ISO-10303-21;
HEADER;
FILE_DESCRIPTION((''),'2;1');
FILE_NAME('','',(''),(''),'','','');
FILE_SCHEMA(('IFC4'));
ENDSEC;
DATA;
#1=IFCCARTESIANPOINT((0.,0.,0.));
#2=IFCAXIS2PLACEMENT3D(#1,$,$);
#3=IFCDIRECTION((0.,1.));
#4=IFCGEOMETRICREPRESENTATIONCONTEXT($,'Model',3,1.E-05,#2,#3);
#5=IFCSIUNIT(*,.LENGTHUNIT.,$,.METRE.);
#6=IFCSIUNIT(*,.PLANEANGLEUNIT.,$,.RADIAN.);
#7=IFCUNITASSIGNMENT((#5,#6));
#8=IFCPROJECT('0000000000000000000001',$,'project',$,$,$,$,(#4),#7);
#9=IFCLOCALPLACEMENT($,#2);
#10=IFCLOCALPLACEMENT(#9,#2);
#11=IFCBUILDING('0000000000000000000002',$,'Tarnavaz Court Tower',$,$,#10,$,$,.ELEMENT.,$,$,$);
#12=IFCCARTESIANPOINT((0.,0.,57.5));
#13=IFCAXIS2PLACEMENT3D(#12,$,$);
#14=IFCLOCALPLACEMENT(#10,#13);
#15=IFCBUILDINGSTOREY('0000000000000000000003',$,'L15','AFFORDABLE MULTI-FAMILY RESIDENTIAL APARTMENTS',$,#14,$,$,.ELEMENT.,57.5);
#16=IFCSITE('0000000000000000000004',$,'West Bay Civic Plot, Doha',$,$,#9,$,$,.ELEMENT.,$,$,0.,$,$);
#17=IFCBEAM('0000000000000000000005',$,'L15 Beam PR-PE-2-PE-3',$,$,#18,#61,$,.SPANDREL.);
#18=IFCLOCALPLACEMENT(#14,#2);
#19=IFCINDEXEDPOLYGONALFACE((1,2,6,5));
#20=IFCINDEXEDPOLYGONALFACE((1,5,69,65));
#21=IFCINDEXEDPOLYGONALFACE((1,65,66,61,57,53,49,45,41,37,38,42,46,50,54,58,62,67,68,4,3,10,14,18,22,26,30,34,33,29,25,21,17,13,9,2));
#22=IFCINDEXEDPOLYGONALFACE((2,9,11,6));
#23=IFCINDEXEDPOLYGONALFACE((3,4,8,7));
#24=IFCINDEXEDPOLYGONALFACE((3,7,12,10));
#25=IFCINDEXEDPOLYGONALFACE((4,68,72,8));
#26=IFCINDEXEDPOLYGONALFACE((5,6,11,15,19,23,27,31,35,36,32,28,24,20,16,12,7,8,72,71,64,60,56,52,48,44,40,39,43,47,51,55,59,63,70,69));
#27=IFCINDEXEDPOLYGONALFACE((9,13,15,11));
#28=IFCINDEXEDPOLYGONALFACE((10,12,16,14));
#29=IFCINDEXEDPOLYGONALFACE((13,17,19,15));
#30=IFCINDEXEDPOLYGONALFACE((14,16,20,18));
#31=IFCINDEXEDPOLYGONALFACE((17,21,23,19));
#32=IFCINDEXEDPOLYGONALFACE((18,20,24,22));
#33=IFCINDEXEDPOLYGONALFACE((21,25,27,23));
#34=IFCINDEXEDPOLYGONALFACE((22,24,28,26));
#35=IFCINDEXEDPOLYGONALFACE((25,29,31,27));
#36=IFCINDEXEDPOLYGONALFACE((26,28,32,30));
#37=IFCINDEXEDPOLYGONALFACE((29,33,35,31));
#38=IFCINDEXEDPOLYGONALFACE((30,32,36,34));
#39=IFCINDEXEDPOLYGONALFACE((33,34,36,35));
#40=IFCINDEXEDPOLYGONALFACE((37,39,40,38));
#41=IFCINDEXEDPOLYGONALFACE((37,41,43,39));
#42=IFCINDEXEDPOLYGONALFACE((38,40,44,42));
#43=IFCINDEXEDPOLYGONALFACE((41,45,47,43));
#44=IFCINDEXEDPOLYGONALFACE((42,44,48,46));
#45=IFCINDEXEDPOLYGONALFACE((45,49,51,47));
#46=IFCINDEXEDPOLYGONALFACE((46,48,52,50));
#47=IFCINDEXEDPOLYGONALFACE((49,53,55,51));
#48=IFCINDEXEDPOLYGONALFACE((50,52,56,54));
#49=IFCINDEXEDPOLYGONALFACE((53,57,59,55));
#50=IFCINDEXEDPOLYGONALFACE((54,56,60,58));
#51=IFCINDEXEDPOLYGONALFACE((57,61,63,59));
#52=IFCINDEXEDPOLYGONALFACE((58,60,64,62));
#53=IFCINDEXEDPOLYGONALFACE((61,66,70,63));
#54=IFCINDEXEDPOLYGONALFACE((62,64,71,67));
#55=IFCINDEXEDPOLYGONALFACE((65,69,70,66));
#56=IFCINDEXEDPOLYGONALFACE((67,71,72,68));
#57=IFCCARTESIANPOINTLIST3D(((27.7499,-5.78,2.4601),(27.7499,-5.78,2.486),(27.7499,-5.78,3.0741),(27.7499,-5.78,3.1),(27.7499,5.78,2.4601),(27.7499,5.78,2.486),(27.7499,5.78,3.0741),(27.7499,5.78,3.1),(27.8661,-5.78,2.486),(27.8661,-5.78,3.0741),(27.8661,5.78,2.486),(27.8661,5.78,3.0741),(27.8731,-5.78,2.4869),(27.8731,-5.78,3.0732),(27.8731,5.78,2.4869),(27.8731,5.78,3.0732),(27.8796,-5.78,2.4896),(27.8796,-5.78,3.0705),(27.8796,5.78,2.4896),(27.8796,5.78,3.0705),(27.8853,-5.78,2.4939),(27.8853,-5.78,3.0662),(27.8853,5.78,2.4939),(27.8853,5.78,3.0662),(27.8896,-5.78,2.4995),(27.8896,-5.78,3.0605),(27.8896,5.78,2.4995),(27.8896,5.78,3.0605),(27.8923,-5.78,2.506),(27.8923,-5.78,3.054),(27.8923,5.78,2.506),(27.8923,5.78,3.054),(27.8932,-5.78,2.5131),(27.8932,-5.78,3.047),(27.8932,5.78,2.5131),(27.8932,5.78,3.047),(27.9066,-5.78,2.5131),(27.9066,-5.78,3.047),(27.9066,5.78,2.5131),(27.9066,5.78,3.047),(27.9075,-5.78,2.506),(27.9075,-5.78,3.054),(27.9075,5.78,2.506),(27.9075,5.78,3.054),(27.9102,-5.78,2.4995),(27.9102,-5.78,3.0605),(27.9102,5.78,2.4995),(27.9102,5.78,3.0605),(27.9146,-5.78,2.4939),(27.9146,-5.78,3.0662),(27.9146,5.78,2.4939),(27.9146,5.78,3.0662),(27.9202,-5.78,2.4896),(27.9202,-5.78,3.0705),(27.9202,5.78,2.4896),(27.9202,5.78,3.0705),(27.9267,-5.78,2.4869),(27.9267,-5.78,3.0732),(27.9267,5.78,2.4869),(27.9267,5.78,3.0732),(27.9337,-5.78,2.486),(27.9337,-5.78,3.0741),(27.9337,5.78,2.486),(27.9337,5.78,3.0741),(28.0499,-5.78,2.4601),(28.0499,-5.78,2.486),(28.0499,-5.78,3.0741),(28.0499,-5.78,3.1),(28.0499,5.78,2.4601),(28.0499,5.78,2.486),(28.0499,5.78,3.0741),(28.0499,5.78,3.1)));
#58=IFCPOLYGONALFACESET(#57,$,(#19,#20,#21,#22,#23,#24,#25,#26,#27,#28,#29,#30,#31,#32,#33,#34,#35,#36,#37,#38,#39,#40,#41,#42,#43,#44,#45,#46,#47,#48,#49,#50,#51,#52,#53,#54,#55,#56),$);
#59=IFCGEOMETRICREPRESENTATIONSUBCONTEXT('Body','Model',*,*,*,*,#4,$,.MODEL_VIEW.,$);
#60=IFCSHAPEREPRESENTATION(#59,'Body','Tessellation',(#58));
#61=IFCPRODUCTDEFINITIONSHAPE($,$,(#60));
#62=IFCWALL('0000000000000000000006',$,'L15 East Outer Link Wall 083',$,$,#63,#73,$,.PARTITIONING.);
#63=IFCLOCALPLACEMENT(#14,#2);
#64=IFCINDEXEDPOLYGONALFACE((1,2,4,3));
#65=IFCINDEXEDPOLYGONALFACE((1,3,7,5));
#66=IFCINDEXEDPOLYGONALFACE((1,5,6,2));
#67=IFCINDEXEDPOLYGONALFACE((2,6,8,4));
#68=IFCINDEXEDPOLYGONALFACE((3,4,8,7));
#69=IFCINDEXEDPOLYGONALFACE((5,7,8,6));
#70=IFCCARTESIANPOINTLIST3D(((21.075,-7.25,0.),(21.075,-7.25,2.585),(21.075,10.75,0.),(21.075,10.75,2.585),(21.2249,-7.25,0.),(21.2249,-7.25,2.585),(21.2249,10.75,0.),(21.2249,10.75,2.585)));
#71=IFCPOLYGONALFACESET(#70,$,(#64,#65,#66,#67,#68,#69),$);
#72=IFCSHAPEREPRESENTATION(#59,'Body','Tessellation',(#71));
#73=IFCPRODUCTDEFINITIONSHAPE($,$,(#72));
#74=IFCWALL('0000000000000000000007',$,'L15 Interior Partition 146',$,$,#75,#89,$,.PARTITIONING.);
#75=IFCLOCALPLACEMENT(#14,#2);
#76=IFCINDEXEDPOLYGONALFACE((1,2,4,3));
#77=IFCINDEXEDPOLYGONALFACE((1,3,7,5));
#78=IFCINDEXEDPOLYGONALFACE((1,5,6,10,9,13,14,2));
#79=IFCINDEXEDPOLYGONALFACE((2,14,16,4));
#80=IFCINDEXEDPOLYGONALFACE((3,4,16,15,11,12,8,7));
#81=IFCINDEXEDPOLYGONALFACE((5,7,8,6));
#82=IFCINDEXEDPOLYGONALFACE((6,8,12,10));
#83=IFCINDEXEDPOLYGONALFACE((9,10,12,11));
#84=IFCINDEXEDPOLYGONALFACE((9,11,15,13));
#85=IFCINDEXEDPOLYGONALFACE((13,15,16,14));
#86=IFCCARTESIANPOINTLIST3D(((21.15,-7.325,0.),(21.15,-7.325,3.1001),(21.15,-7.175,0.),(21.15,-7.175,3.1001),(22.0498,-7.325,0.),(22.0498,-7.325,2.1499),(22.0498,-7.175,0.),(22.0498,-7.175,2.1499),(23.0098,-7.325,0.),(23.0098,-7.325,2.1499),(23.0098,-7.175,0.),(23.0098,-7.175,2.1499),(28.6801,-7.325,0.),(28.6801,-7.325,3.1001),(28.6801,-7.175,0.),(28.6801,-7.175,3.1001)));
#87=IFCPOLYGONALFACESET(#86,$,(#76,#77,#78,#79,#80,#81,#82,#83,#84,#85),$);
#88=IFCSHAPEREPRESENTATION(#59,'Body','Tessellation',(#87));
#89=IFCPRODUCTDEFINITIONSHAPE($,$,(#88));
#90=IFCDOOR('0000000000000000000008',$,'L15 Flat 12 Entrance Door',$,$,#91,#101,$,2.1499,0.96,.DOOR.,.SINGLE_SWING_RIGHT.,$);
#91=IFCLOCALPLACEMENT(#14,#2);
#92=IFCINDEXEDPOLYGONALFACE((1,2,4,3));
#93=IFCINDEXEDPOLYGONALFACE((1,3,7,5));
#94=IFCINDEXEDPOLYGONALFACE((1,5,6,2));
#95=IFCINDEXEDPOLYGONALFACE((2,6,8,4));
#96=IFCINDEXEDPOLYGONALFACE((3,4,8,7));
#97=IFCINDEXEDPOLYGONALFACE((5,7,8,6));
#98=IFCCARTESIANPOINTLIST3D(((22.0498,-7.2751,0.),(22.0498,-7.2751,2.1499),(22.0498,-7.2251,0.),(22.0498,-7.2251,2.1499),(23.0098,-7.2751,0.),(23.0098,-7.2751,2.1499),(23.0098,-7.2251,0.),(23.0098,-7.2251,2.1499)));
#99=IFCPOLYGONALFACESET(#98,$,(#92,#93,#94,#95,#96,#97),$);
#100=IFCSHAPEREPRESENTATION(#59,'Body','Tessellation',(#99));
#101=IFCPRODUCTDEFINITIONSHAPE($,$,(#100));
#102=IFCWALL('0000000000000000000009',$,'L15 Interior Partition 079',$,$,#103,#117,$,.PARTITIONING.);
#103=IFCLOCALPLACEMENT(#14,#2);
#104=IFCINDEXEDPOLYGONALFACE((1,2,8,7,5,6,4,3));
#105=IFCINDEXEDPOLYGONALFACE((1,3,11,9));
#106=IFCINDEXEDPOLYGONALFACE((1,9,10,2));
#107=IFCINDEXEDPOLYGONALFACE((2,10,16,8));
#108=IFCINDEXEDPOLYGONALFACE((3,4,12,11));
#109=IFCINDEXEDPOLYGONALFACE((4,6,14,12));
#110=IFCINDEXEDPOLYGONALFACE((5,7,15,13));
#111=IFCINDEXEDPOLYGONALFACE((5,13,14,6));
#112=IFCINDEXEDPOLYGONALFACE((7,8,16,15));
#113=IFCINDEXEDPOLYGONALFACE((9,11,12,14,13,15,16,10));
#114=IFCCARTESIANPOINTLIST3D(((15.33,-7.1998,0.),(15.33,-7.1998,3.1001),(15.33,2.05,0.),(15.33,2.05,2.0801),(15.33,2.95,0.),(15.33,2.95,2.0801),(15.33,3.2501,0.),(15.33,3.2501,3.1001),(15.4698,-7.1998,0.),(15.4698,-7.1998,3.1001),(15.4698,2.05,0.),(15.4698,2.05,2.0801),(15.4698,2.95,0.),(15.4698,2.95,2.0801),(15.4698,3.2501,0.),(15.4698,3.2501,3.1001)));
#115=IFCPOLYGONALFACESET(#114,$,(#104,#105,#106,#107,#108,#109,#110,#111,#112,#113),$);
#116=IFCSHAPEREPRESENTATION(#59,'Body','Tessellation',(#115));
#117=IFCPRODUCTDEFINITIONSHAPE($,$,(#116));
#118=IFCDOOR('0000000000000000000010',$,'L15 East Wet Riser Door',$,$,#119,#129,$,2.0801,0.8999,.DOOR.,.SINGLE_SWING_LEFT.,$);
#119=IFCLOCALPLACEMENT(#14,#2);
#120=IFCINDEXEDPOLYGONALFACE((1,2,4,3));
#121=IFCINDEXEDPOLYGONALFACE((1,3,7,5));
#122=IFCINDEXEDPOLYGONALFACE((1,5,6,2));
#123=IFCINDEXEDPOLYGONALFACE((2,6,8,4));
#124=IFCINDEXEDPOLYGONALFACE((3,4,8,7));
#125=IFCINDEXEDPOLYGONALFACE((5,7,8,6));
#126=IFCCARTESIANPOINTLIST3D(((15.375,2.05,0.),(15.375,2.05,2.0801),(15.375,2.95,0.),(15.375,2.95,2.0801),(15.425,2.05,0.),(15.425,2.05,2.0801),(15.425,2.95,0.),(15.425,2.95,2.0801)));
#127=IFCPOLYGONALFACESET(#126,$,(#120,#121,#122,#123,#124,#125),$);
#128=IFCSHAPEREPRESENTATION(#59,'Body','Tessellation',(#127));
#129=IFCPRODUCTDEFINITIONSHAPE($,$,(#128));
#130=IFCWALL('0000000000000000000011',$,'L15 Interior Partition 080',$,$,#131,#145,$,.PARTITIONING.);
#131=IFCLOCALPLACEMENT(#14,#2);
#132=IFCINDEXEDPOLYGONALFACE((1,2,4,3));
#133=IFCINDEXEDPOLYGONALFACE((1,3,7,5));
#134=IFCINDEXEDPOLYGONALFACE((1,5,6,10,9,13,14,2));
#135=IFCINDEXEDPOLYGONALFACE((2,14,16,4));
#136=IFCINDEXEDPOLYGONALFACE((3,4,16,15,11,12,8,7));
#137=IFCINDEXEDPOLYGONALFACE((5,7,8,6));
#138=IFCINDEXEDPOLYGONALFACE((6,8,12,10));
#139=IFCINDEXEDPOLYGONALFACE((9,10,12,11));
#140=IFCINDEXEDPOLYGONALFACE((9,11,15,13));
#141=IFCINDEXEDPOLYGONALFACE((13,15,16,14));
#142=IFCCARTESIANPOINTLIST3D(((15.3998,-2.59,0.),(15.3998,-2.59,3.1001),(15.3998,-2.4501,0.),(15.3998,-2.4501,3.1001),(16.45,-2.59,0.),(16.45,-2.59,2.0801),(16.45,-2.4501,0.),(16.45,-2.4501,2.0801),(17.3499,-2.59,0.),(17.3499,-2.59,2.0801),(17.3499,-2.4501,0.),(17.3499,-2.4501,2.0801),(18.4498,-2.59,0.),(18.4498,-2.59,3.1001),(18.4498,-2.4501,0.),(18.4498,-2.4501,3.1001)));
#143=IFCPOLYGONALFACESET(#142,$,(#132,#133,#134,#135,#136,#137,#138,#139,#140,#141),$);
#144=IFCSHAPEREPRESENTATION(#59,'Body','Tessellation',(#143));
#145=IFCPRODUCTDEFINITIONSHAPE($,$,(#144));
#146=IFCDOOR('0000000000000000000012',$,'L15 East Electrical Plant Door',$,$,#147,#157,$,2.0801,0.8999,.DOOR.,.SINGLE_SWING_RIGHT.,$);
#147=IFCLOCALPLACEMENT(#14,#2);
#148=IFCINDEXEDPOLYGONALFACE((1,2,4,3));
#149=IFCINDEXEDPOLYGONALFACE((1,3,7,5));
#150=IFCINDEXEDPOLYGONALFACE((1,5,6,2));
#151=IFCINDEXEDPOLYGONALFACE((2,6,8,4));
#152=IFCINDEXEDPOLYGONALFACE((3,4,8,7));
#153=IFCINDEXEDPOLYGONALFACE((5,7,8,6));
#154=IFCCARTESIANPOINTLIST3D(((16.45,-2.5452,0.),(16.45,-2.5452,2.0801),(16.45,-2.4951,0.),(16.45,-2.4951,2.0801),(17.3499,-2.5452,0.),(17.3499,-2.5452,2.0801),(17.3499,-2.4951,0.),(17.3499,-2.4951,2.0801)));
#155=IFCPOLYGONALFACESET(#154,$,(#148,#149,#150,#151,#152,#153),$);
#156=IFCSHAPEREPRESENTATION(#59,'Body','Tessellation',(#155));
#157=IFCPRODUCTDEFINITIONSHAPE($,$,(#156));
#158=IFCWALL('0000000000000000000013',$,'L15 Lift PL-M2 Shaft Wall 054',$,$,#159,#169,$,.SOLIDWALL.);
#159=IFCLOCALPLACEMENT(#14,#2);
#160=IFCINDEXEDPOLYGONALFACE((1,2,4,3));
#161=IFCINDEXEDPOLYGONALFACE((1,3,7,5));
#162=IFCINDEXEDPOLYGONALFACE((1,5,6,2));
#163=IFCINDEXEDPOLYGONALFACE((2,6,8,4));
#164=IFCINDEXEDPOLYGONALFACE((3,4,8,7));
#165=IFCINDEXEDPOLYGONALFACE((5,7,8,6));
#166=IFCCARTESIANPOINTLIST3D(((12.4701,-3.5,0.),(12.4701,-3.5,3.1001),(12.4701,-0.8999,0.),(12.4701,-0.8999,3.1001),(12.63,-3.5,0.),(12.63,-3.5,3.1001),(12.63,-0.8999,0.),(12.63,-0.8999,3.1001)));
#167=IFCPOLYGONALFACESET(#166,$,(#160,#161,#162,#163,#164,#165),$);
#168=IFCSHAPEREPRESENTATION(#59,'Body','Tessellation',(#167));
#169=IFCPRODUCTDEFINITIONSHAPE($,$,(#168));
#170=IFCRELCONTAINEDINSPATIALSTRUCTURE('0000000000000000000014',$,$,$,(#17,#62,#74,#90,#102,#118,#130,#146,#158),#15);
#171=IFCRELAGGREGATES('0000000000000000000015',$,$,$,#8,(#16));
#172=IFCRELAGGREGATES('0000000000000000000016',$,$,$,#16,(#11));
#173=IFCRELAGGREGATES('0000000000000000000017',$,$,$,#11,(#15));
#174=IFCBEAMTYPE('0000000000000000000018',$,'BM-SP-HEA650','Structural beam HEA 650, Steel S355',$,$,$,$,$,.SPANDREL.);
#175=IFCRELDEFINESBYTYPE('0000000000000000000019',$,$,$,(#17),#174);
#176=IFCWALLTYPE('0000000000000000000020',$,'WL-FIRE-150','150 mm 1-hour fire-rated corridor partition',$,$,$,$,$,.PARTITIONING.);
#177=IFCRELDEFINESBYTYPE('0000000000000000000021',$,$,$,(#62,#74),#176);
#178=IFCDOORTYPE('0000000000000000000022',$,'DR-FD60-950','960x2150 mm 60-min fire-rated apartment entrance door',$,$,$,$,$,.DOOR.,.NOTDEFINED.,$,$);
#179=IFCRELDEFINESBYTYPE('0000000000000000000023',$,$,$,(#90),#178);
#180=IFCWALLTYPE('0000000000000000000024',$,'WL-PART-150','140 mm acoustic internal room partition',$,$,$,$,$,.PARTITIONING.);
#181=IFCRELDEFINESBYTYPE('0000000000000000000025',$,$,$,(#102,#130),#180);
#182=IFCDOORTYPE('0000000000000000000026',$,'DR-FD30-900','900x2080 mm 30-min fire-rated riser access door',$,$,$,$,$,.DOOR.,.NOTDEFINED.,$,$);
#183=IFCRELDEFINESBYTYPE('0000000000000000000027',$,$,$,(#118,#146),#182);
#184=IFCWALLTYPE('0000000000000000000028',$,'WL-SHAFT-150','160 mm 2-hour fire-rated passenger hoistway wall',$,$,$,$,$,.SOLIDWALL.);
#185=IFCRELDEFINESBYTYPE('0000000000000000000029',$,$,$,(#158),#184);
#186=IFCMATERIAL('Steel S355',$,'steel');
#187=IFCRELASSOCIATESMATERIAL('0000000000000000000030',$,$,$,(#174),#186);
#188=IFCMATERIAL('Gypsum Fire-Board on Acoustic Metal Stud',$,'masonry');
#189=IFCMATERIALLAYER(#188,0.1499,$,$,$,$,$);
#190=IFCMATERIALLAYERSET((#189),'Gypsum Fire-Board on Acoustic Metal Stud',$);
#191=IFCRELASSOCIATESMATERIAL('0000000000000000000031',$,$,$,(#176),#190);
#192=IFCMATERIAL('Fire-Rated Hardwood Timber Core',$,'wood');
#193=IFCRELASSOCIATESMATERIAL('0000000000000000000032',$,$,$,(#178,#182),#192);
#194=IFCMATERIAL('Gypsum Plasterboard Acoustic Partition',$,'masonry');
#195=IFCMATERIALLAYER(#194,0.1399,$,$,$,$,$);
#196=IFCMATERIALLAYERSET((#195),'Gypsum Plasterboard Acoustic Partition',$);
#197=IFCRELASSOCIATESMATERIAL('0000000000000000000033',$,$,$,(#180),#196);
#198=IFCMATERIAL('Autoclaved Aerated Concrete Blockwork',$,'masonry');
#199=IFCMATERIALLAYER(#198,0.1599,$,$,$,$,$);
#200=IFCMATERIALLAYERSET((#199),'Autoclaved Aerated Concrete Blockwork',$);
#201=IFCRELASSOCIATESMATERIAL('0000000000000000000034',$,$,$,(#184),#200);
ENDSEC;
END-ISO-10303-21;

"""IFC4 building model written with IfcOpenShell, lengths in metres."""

from ifc_helpers import new_model, si_unit, direction, frame, frame_2d, origin, origin_2d, place, context, subcontext, project, spatial, rectangle, i_section, extrude, material, layer, layer_set, material_profile, profile_set, type_object, element, fill, save


model = new_model("IFC4")

# Units and contexts
model_context = context("Model", 3, precision=1e-05, world=origin(), true_north=direction((0.0, 1.0)))
body_context = subcontext(model_context, "Body", "Model", "MODEL_VIEW")
ifc_project = project(units=[si_unit("LENGTHUNIT", "METRE"), si_unit("PLANEANGLEUNIT", "RADIAN")], contexts=[model_context])

# Site, building, storey
site_placement = place(None, origin())
site = spatial("IfcSite", under=ifc_project, at=site_placement, Name="West Bay Civic Plot, Doha", CompositionType="ELEMENT", RefElevation=0.0)
building_placement = place(site_placement, origin())
building = spatial("IfcBuilding", under=site, at=building_placement, Name="Tarnavaz Court Tower", CompositionType="ELEMENT")
storey_placement = place(building_placement, frame((0.0, 0.0, 57.5)))
storey = spatial("IfcBuildingStorey", under=building, at=storey_placement, Name="L15", Description="AFFORDABLE MULTI-FAMILY RESIDENTIAL APARTMENTS", CompositionType="ELEMENT", Elevation=57.5)

# Beam
ifc_material_1 = material(Name="Steel S355", Category="steel")
ifc_material_profile_1 = material_profile(ifc_material_1, i_section(OverallWidth=0.3, OverallDepth=0.6399, WebThickness=0.0134, FlangeThickness=0.0259, FilletRadius=0.0271, at=origin_2d()), Name="HEA 650")
ifc_profile_set_1 = profile_set([ifc_material_profile_1], Name="Steel S355")
beam_type_1 = type_object("IfcBeamType", Name="BM-SP-HEA650", Description="Structural beam HEA 650, Steel S355", PredefinedType="SPANDREL", material=ifc_profile_set_1)
beam_1_placement = place(storey_placement, frame((27.8999, -5.78, 2.78), z_axis=(0.0, 1.0, 0.0), x_axis=(-1.0, 0.0, 0.0)))
element("IfcBeam", 1, at=beam_1_placement, inside=storey, type_object=beam_type_1, Name="L15 Beam PR-PE-2-PE-3", PredefinedType="SPANDREL", context=body_context, shape_type="SweptSolid", body=[
    extrude(i_section(OverallWidth=0.3, OverallDepth=0.6399, WebThickness=0.0134, FlangeThickness=0.0259, FilletRadius=0.0271, at=origin_2d()), origin(), (0.0, 0.0, 1.0), 11.5601),
])

# Wall
ifc_material_2 = material(Name="Gypsum Fire-Board on Acoustic Metal Stud", Category="masonry")
ifc_layer_1 = layer(ifc_material_2, 0.1499)
ifc_layer_set_1 = layer_set([ifc_layer_1], Name="Gypsum Fire-Board on Acoustic Metal Stud")
wall_type_1 = type_object("IfcWallType", Name="WL-FIRE-150", Description="150 mm 1-hour fire-rated corridor partition", PredefinedType="PARTITIONING", material=ifc_layer_set_1)
wall_1_placement = place(storey_placement, frame((21.1499, -7.25, 0.0), z_axis=(0.0, 0.0, 1.0), x_axis=(0.0, 1.0, 0.0)))
element("IfcWall", 2, at=wall_1_placement, inside=storey, type_object=wall_type_1, Name="L15 East Outer Link Wall 083", PredefinedType="PARTITIONING", context=body_context, shape_type="SweptSolid", body=[
    extrude(rectangle(XDim=18.0, YDim=0.1499, at=frame_2d((9.0, 0.0))), origin(), (0.0, 0.0, 1.0), 2.585),
])

# Walls, openings, doors
wall_2_placement = place(storey_placement, frame((21.1499, -7.25, 0.0), z_axis=(0.0, 0.0, 1.0), x_axis=(1.0, 0.0, 0.0)))
wall_2 = element("IfcWall", 3, at=wall_2_placement, inside=storey, type_object=wall_type_1, Name="L15 Interior Partition 146", PredefinedType="PARTITIONING", context=body_context, shape_type="SweptSolid", body=[
    extrude(rectangle(XDim=7.53, YDim=0.1499, at=frame_2d((3.7651, 0.0))), origin(), (0.0, 0.0, 1.0), 3.1001),
])
opening_1_placement = place(wall_2_placement, frame((0.8999, 0.0, 0.0)))
opening_1 = element("IfcOpeningElement", 4, at=opening_1_placement, cuts=wall_2, PredefinedType="OPENING", context=body_context, shape_type="SweptSolid", body=[
    extrude(rectangle(XDim=0.96, YDim=2.1499, at=frame_2d((0.48, 1.075))), frame((0.0, 0.085, 0.0), z_axis=(0.0, -1.0, 0.0), x_axis=(1.0, 0.0, 0.0)), (0.0, 0.0, 1.0), 0.1699),
])
ifc_material_3 = material(Name="Fire-Rated Hardwood Timber Core", Category="wood")
door_type_1 = type_object("IfcDoorType", Name="DR-FD60-950", Description="960x2150 mm 60-min fire-rated apartment entrance door", OperationType="NOTDEFINED", PredefinedType="DOOR", material=ifc_material_3)
door_1_placement = place(opening_1_placement, origin())
door_1 = element("IfcDoor", 5, at=door_1_placement, inside=storey, type_object=door_type_1, Name="L15 Flat 12 Entrance Door", OperationType="SINGLE_SWING_RIGHT", OverallHeight=2.1499, OverallWidth=0.96, PredefinedType="DOOR", context=body_context, shape_type="SweptSolid", body=[
    extrude(rectangle(XDim=0.96, YDim=2.1499, at=frame_2d((0.48, 1.075))), frame((0.0, 0.0249, 0.0), z_axis=(0.0, -1.0, 0.0), x_axis=(1.0, 0.0, 0.0)), (0.0, 0.0, 1.0), 0.05),
])
fill(opening_1, door_1)
ifc_material_4 = material(Name="Gypsum Plasterboard Acoustic Partition", Category="masonry")
ifc_layer_2 = layer(ifc_material_4, 0.1399)
ifc_layer_set_2 = layer_set([ifc_layer_2], Name="Gypsum Plasterboard Acoustic Partition")
wall_type_2 = type_object("IfcWallType", Name="WL-PART-150", Description="140 mm acoustic internal room partition", PredefinedType="PARTITIONING", material=ifc_layer_set_2)
wall_3_placement = place(storey_placement, frame((15.3999, -7.2, 0.0), z_axis=(0.0, 0.0, 1.0), x_axis=(0.0, 1.0, 0.0)))
wall_3 = element("IfcWall", 6, at=wall_3_placement, inside=storey, type_object=wall_type_2, Name="L15 Interior Partition 079", PredefinedType="PARTITIONING", context=body_context, shape_type="SweptSolid", body=[
    extrude(rectangle(XDim=10.45, YDim=0.1399, at=frame_2d((5.2251, 0.0))), origin(), (0.0, 0.0, 1.0), 3.1001),
])
opening_2_placement = place(wall_3_placement, frame((9.25, 0.0, 0.0)))
opening_2 = element("IfcOpeningElement", 7, at=opening_2_placement, cuts=wall_3, PredefinedType="OPENING", context=body_context, shape_type="SweptSolid", body=[
    extrude(rectangle(XDim=0.8999, YDim=2.0801, at=frame_2d((0.45, 1.04))), frame((0.0, 0.0798, 0.0), z_axis=(0.0, -1.0, 0.0), x_axis=(1.0, 0.0, 0.0)), (0.0, 0.0, 1.0), 0.1599),
])
door_type_2 = type_object("IfcDoorType", Name="DR-FD30-900", Description="900x2080 mm 30-min fire-rated riser access door", OperationType="NOTDEFINED", PredefinedType="DOOR", material=ifc_material_3)
door_2_placement = place(opening_2_placement, origin())
door_2 = element("IfcDoor", 8, at=door_2_placement, inside=storey, type_object=door_type_2, Name="L15 East Wet Riser Door", OperationType="SINGLE_SWING_LEFT", OverallHeight=2.0801, OverallWidth=0.8999, PredefinedType="DOOR", context=body_context, shape_type="SweptSolid", body=[
    extrude(rectangle(XDim=0.8999, YDim=2.0801, at=frame_2d((0.45, 1.04))), frame((0.0, 0.0249, 0.0), z_axis=(0.0, -1.0, 0.0), x_axis=(1.0, 0.0, 0.0)), (0.0, 0.0, 1.0), 0.05),
])
fill(opening_2, door_2)
wall_4_placement = place(storey_placement, frame((15.3999, -2.52, 0.0), z_axis=(0.0, 0.0, 1.0), x_axis=(1.0, 0.0, 0.0)))
wall_4 = element("IfcWall", 9, at=wall_4_placement, inside=storey, type_object=wall_type_2, Name="L15 Interior Partition 080", PredefinedType="PARTITIONING", context=body_context, shape_type="SweptSolid", body=[
    extrude(rectangle(XDim=3.05, YDim=0.1399, at=frame_2d((1.5249, 0.0))), origin(), (0.0, 0.0, 1.0), 3.1001),
])
opening_3_placement = place(wall_4_placement, frame((1.05, 0.0, 0.0)))
opening_3 = element("IfcOpeningElement", 10, at=opening_3_placement, cuts=wall_4, PredefinedType="OPENING", context=body_context, shape_type="SweptSolid", body=[
    extrude(rectangle(XDim=0.8999, YDim=2.0801, at=frame_2d((0.45, 1.04))), frame((0.0, 0.0798, 0.0), z_axis=(0.0, -1.0, 0.0), x_axis=(1.0, 0.0, 0.0)), (0.0, 0.0, 1.0), 0.1599),
])
door_3_placement = place(opening_3_placement, origin())
door_3 = element("IfcDoor", 11, at=door_3_placement, inside=storey, type_object=door_type_2, Name="L15 East Electrical Plant Door", OperationType="SINGLE_SWING_RIGHT", OverallHeight=2.0801, OverallWidth=0.8999, PredefinedType="DOOR", context=body_context, shape_type="SweptSolid", body=[
    extrude(rectangle(XDim=0.8999, YDim=2.0801, at=frame_2d((0.45, 1.04))), frame((0.0, 0.0249, 0.0), z_axis=(0.0, -1.0, 0.0), x_axis=(1.0, 0.0, 0.0)), (0.0, 0.0, 1.0), 0.05),
])
fill(opening_3, door_3)

# Wall
ifc_material_5 = material(Name="Autoclaved Aerated Concrete Blockwork", Category="masonry")
ifc_layer_3 = layer(ifc_material_5, 0.1599)
ifc_layer_set_3 = layer_set([ifc_layer_3], Name="Autoclaved Aerated Concrete Blockwork")
wall_type_3 = type_object("IfcWallType", Name="WL-SHAFT-150", Description="160 mm 2-hour fire-rated passenger hoistway wall", PredefinedType="SOLIDWALL", material=ifc_layer_set_3)
wall_5_placement = place(storey_placement, frame((12.55, -3.5, 0.0), z_axis=(0.0, 0.0, 1.0), x_axis=(0.0, 1.0, 0.0)))
element("IfcWall", 12, at=wall_5_placement, inside=storey, type_object=wall_type_3, Name="L15 Lift PL-M2 Shaft Wall 054", PredefinedType="SOLIDWALL", context=body_context, shape_type="SweptSolid", body=[
    extrude(rectangle(XDim=2.6001, YDim=0.1599, at=frame_2d((1.3, 0.0))), origin(), (0.0, 0.0, 1.0), 3.1001),
])

save(model, "model.ifc")
